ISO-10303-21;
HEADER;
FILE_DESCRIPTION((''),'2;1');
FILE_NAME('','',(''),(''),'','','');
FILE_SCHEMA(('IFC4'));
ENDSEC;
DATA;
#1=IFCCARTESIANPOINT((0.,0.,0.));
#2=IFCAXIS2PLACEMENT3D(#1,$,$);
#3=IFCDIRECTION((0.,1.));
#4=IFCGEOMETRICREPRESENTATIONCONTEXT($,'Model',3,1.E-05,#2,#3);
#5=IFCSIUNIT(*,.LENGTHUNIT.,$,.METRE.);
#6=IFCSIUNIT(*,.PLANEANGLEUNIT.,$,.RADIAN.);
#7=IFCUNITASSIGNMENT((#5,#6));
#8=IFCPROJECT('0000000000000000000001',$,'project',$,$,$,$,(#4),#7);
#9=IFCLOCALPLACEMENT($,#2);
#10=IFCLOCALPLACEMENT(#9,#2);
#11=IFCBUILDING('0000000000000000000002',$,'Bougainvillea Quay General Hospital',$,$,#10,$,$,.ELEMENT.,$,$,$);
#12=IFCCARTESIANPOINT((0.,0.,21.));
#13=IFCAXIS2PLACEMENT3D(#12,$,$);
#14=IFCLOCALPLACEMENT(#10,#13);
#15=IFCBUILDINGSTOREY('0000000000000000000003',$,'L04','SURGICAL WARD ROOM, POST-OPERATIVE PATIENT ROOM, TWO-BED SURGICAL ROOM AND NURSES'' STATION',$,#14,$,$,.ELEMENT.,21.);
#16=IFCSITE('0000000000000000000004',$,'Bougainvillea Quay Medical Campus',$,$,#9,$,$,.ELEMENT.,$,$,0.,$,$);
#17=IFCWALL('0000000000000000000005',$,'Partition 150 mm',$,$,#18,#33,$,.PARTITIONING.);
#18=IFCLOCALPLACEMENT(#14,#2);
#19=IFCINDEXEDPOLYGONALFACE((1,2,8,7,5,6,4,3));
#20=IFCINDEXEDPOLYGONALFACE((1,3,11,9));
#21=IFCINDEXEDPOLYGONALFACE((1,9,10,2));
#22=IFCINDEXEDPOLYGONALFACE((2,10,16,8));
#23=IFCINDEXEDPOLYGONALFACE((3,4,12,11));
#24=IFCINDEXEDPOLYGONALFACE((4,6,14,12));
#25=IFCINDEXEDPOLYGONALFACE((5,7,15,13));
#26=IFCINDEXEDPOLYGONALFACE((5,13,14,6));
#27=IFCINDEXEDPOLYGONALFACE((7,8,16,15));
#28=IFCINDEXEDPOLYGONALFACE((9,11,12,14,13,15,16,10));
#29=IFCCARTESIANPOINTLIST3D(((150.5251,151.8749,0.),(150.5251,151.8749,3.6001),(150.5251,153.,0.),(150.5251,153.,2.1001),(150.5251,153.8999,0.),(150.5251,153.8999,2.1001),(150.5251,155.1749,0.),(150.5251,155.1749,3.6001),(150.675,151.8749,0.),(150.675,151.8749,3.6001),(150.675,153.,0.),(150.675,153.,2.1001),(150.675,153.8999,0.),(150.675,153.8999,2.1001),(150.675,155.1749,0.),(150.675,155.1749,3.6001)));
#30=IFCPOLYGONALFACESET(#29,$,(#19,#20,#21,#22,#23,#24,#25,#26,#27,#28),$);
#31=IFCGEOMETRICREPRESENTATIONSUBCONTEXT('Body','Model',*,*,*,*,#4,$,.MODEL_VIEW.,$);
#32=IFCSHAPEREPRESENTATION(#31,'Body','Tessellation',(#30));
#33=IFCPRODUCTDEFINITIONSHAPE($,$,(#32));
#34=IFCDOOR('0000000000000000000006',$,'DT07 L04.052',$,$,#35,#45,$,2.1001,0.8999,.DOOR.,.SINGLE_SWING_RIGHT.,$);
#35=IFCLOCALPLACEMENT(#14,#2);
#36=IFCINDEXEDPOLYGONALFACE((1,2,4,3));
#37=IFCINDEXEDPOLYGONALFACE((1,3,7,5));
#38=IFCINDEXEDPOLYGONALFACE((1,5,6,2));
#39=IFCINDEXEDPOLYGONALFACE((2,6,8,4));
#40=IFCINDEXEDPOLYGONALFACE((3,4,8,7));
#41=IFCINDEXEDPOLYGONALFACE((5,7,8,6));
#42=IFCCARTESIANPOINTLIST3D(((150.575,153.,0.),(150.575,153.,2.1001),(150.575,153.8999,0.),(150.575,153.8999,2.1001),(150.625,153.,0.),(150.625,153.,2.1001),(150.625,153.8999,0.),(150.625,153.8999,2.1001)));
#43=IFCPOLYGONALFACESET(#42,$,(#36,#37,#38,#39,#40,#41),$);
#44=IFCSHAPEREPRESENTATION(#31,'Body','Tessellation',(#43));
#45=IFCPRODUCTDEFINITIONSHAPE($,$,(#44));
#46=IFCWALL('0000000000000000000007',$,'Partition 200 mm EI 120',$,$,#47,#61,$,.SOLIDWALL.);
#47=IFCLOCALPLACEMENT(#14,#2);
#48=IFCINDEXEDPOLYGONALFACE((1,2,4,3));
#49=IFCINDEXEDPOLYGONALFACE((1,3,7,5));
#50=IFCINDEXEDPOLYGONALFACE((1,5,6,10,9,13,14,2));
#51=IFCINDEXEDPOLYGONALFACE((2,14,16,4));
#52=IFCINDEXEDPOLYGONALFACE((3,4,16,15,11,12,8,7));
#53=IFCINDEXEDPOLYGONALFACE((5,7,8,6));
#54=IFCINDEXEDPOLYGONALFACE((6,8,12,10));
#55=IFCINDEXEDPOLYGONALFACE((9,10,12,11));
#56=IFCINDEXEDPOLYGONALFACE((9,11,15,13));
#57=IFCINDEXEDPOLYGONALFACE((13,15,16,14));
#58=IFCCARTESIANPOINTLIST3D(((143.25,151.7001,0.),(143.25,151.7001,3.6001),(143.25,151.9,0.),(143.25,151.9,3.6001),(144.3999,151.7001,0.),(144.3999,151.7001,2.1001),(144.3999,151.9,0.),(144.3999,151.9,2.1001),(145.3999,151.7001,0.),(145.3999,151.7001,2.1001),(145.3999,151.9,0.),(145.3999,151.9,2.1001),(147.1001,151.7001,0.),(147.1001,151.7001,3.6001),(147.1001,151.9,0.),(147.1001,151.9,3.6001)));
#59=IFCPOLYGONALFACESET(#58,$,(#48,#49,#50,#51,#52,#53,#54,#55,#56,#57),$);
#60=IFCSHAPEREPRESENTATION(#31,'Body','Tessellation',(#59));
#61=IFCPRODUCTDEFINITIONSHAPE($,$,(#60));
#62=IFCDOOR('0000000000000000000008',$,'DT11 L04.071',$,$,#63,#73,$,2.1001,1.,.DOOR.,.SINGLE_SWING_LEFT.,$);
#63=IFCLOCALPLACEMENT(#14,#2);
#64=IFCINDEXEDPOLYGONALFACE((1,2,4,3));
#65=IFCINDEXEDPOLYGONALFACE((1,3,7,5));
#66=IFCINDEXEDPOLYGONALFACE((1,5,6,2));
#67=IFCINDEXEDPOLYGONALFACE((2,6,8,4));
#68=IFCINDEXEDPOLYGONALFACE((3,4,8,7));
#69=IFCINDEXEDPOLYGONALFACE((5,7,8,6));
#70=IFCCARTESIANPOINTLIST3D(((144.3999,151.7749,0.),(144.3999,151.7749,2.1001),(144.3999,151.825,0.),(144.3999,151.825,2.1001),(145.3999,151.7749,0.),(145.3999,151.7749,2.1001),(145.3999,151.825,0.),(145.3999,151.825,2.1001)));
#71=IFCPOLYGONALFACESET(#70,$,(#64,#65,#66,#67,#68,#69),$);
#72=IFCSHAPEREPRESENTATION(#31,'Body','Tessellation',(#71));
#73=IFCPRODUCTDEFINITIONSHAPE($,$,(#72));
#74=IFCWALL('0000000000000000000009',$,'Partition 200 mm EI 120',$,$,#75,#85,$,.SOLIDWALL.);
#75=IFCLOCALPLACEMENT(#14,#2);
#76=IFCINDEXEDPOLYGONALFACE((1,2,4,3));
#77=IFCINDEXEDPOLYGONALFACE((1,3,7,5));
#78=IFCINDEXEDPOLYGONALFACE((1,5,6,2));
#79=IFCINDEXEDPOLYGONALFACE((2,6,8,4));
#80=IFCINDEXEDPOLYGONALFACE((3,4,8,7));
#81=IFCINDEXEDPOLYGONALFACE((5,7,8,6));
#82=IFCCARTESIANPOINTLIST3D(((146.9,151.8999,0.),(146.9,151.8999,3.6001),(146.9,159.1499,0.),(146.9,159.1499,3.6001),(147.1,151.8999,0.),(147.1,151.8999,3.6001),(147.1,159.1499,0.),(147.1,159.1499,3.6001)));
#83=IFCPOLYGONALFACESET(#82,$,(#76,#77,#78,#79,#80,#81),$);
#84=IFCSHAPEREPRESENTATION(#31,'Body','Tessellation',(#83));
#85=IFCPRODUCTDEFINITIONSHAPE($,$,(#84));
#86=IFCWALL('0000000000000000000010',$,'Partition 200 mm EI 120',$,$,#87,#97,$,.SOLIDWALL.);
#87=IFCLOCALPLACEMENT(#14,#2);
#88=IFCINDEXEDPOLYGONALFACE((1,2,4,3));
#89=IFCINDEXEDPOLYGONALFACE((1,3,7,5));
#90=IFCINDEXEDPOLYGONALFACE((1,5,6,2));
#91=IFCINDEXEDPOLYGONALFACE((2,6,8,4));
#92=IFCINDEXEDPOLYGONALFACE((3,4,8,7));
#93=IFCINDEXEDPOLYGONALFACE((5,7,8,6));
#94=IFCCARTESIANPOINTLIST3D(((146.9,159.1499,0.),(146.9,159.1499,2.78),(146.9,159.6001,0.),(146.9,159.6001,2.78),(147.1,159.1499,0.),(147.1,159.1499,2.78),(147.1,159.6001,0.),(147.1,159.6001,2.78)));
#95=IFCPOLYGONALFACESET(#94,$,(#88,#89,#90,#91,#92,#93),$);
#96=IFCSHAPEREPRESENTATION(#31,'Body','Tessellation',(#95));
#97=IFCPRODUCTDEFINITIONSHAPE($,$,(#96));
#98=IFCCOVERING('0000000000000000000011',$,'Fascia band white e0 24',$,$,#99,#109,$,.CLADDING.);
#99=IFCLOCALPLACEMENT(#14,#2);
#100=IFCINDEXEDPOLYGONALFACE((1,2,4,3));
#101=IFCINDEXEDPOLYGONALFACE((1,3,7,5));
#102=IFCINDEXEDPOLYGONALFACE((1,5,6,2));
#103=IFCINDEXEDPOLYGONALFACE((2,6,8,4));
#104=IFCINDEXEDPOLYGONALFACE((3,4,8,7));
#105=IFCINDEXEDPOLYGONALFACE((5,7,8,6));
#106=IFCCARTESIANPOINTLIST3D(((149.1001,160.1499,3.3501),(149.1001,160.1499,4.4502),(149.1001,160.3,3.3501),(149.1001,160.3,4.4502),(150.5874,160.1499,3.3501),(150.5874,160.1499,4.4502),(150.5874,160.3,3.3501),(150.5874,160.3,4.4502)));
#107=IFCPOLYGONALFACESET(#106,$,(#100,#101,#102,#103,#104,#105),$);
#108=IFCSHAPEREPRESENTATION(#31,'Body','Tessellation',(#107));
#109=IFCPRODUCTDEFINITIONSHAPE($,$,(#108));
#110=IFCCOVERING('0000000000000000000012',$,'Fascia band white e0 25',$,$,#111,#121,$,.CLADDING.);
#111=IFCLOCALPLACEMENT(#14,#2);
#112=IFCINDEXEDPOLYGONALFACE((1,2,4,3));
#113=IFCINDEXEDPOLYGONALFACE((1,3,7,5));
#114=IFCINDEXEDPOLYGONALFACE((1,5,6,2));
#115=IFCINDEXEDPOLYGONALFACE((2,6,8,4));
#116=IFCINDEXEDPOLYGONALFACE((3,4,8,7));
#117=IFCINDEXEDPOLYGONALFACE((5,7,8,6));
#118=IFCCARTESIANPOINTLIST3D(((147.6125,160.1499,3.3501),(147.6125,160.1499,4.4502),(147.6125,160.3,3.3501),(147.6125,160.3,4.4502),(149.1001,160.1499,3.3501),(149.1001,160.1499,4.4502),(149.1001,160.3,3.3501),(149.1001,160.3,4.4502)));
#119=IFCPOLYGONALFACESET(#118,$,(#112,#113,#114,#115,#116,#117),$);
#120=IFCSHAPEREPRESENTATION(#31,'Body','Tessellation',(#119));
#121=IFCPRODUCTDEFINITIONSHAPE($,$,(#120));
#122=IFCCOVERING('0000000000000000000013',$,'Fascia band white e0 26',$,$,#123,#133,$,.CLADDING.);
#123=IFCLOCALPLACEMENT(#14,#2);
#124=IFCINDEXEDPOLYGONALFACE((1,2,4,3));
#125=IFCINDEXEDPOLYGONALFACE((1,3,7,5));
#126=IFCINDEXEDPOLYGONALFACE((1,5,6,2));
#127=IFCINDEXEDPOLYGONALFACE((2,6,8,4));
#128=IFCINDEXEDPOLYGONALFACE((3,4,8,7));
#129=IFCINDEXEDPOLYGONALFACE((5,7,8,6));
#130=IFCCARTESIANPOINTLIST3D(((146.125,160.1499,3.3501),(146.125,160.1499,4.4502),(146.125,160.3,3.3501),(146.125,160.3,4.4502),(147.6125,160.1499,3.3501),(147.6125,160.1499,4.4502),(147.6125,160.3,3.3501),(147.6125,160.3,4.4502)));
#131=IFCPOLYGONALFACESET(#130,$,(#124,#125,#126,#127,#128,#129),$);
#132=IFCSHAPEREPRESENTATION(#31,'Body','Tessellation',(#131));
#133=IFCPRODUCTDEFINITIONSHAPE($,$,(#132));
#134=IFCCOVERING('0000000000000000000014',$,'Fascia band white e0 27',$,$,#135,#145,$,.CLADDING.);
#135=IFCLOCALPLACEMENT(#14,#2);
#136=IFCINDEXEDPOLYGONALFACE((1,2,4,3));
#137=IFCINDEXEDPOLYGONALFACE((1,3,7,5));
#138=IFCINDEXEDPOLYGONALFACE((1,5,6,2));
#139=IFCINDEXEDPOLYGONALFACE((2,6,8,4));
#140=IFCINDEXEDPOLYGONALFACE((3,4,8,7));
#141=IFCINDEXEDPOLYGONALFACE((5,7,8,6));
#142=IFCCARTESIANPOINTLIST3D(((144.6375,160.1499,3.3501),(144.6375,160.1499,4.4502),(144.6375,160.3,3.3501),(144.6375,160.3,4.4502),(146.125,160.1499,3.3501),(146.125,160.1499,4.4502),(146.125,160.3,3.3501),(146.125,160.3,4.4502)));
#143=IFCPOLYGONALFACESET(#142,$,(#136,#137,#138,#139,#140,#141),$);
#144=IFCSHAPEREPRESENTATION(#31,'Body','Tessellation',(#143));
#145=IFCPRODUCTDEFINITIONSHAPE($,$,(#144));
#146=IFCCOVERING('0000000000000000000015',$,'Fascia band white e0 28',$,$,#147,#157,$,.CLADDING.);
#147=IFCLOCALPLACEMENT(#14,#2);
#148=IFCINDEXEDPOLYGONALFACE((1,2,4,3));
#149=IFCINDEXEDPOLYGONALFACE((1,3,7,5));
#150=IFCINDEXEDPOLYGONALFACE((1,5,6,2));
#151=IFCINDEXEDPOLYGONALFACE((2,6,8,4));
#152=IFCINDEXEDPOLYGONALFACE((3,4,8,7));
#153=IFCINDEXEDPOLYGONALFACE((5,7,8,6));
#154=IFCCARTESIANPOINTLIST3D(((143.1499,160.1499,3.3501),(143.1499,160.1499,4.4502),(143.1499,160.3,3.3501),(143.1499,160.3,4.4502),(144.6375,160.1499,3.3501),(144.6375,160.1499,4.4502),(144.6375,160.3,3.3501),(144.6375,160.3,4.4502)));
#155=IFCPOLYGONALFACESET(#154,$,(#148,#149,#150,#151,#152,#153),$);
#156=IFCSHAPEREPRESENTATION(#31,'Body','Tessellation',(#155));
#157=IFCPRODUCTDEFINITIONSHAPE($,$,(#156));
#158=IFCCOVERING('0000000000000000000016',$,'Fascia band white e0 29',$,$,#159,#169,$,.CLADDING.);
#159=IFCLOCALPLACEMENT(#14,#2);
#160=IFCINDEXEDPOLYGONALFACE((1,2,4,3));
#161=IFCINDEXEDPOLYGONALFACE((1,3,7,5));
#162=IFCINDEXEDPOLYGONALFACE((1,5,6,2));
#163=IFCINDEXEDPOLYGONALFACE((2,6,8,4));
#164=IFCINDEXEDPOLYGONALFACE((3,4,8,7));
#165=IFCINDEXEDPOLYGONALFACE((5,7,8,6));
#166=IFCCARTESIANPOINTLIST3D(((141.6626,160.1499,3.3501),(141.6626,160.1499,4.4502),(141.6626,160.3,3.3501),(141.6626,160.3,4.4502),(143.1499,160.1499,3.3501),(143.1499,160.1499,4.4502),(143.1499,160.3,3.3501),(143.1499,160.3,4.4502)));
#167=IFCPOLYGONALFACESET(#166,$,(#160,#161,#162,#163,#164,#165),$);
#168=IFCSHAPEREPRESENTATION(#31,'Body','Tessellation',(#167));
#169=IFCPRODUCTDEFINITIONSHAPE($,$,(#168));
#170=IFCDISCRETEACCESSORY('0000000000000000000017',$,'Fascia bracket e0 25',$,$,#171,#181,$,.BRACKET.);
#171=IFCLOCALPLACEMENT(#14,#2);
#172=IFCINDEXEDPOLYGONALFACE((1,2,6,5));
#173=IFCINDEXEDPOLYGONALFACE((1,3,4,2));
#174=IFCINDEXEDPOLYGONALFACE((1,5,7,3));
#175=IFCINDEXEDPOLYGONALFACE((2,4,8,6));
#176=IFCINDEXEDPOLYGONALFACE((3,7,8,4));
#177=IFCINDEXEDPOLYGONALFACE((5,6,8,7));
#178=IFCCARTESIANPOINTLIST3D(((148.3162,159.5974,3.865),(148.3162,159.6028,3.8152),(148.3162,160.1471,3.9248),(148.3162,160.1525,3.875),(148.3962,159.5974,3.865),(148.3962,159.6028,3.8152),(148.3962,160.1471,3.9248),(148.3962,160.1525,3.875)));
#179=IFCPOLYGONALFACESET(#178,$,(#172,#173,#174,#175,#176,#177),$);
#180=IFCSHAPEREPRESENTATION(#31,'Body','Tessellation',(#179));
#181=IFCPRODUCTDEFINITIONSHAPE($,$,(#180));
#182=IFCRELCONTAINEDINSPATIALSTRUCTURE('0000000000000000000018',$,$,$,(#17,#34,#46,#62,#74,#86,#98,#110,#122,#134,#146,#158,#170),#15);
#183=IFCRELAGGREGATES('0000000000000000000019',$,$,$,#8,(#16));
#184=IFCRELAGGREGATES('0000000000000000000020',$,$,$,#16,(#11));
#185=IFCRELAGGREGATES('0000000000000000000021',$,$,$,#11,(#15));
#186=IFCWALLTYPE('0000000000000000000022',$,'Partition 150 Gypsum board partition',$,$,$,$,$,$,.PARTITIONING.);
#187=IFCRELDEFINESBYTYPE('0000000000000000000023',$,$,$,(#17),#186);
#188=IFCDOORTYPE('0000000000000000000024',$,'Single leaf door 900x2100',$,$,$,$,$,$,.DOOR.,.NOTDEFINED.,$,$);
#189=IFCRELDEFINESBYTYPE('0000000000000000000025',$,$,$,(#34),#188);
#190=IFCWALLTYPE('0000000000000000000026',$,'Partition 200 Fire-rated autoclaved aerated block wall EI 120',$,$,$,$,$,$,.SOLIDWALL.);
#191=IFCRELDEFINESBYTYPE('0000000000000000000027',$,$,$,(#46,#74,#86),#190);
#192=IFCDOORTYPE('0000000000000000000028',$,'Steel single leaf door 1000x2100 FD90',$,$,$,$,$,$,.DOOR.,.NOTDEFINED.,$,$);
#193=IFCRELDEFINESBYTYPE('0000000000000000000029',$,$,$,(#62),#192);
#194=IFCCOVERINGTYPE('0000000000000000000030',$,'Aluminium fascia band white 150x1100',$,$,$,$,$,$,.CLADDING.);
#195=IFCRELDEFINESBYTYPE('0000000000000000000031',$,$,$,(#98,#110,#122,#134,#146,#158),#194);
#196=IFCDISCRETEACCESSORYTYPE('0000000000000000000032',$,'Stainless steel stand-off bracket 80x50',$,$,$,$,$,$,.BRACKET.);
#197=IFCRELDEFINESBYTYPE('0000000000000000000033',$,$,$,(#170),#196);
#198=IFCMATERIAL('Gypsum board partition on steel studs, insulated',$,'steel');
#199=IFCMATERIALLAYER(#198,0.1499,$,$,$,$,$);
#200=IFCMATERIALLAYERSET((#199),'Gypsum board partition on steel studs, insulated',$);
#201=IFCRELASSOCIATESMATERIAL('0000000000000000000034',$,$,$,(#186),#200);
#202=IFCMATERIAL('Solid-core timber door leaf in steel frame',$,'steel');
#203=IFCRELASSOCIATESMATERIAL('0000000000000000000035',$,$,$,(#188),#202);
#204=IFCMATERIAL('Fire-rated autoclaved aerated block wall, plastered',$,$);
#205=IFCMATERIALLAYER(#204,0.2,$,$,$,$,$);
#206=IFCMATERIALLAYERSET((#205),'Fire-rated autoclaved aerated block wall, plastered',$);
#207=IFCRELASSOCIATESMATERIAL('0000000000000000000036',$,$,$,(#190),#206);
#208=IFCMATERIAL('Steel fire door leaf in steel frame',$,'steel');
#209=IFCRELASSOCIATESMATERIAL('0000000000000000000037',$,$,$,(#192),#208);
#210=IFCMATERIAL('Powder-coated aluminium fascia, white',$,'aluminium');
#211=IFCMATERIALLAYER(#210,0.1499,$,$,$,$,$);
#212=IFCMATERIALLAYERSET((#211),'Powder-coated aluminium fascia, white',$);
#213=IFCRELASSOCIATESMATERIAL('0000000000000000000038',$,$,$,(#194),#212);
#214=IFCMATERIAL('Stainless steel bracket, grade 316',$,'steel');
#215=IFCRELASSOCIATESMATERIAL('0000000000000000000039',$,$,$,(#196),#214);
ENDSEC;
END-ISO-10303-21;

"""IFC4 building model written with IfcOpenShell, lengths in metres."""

from ifc_helpers import new_model, si_unit, direction, frame, frame_2d, origin, origin_2d, place, context, subcontext, project, spatial, polyline, rectangle, outline, extrude, material, layer, layer_set, material_profile, profile_set, type_object, element, fill, save


model = new_model("IFC4")

# Units and contexts
model_context = context("Model", 3, precision=1e-05, world=origin(), true_north=direction((0.0, 1.0)))
body_context = subcontext(model_context, "Body", "Model", "MODEL_VIEW")
ifc_project = project(units=[si_unit("LENGTHUNIT", "METRE"), si_unit("PLANEANGLEUNIT", "RADIAN")], contexts=[model_context])

# Site, building, storey
site_placement = place(None, origin())
site = spatial("IfcSite", under=ifc_project, at=site_placement, Name="Bougainvillea Quay Medical Campus", CompositionType="ELEMENT", RefElevation=0.0)
building_placement = place(site_placement, origin())
building = spatial("IfcBuilding", under=site, at=building_placement, Name="Bougainvillea Quay General Hospital", CompositionType="ELEMENT")
storey_placement = place(building_placement, frame((0.0, 0.0, 21.0)))
storey = spatial("IfcBuildingStorey", under=building, at=storey_placement, Name="L04", Description="SURGICAL WARD ROOM, POST-OPERATIVE PATIENT ROOM, TWO-BED SURGICAL ROOM AND NURSES' STATION", CompositionType="ELEMENT", Elevation=21.0)

# Walls, openings, doors
ifc_material_1 = material(Name="Gypsum board partition on steel studs, insulated", Category="steel")
ifc_layer_1 = layer(ifc_material_1, 0.1499)
ifc_layer_set_1 = layer_set([ifc_layer_1], Name="Gypsum board partition on steel studs, insulated")
wall_type_1 = type_object("IfcWallType", Name="Partition 150 Gypsum board partition", PredefinedType="PARTITIONING", material=ifc_layer_set_1)
wall_1_placement = place(storey_placement, frame((150.6001, 151.875, 0.0), z_axis=(0.0, 0.0, 1.0), x_axis=(0.0, 1.0, 0.0)))
wall_1 = element("IfcWall", 1, at=wall_1_placement, inside=storey, type_object=wall_type_1, Name="Partition 150 mm", PredefinedType="PARTITIONING", context=body_context, shape_type="SweptSolid", body=[
    extrude(rectangle(XDim=3.3, YDim=0.1499, at=frame_2d((1.6499, 0.0))), origin(), (0.0, 0.0, 1.0), 3.6001),
])
opening_1_placement = place(wall_1_placement, frame((1.125, 0.0, 0.0)))
opening_1 = element("IfcOpeningElement", 2, at=opening_1_placement, cuts=wall_1, PredefinedType="OPENING", context=body_context, shape_type="SweptSolid", body=[
    extrude(rectangle(XDim=0.8999, YDim=2.1001, at=frame_2d((0.45, 1.05))), frame((0.0, 0.085, 0.0), z_axis=(0.0, -1.0, 0.0), x_axis=(1.0, 0.0, 0.0)), (0.0, 0.0, 1.0), 0.1699),
])
ifc_material_2 = material(Name="Solid-core timber door leaf in steel frame", Category="steel")
door_type_1 = type_object("IfcDoorType", Name="Single leaf door 900x2100", OperationType="NOTDEFINED", PredefinedType="DOOR", material=ifc_material_2)
door_1_placement = place(opening_1_placement, frame((0.8999, 0.0, 0.0), z_axis=(0.0, 0.0, 1.0), x_axis=(-1.0, 0.0, 0.0)))
door_1 = element("IfcDoor", 3, at=door_1_placement, inside=storey, type_object=door_type_1, Name="DT07 L04.052", OperationType="SINGLE_SWING_RIGHT", OverallHeight=2.1001, OverallWidth=0.8999, PredefinedType="DOOR", context=body_context, shape_type="SweptSolid", body=[
    extrude(rectangle(XDim=0.8999, YDim=2.1001, at=frame_2d((0.45, 1.05))), frame((0.0, 0.0249, 0.0), z_axis=(0.0, -1.0, 0.0), x_axis=(1.0, 0.0, 0.0)), (0.0, 0.0, 1.0), 0.05),
])
fill(opening_1, door_1)
ifc_material_3 = material(Name="Fire-rated autoclaved aerated block wall, plastered")
ifc_layer_2 = layer(ifc_material_3, 0.2)
ifc_layer_set_2 = layer_set([ifc_layer_2], Name="Fire-rated autoclaved aerated block wall, plastered")
wall_type_2 = type_object("IfcWallType", Name="Partition 200 Fire-rated autoclaved aerated block wall EI 120", PredefinedType="SOLIDWALL", material=ifc_layer_set_2)
wall_2_placement = place(storey_placement, frame((143.25, 151.8, 0.0), z_axis=(0.0, 0.0, 1.0), x_axis=(1.0, 0.0, 0.0)))
wall_2 = element("IfcWall", 4, at=wall_2_placement, inside=storey, type_object=wall_type_2, Name="Partition 200 mm EI 120", PredefinedType="SOLIDWALL", context=body_context, shape_type="SweptSolid", body=[
    extrude(rectangle(XDim=3.8501, YDim=0.2, at=frame_2d((1.925, 0.0))), origin(), (0.0, 0.0, 1.0), 3.6001),
])
opening_2_placement = place(wall_2_placement, frame((1.1499, 0.0, 0.0)))
opening_2 = element("IfcOpeningElement", 5, at=opening_2_placement, cuts=wall_2, PredefinedType="OPENING", context=body_context, shape_type="SweptSolid", body=[
    extrude(rectangle(XDim=1.0, YDim=2.1001, at=frame_2d((0.5, 1.05))), frame((0.0, 0.1099, 0.0), z_axis=(0.0, -1.0, 0.0), x_axis=(1.0, 0.0, 0.0)), (0.0, 0.0, 1.0), 0.22),
])
ifc_material_4 = material(Name="Steel fire door leaf in steel frame", Category="steel")
door_type_2 = type_object("IfcDoorType", Name="Steel single leaf door 1000x2100 FD90", OperationType="NOTDEFINED", PredefinedType="DOOR", material=ifc_material_4)
door_2_placement = place(opening_2_placement, origin())
door_2 = element("IfcDoor", 6, at=door_2_placement, inside=storey, type_object=door_type_2, Name="DT11 L04.071", OperationType="SINGLE_SWING_LEFT", OverallHeight=2.1001, OverallWidth=1.0, PredefinedType="DOOR", context=body_context, shape_type="SweptSolid", body=[
    extrude(rectangle(XDim=1.0, YDim=2.1001, at=frame_2d((0.5, 1.05))), frame((0.0, 0.0249, 0.0), z_axis=(0.0, -1.0, 0.0), x_axis=(1.0, 0.0, 0.0)), (0.0, 0.0, 1.0), 0.05),
])
fill(opening_2, door_2)

# Walls
wall_3_placement = place(storey_placement, frame((147.0, 151.8999, 0.0), z_axis=(0.0, 0.0, 1.0), x_axis=(0.0, 1.0, 0.0)))
element("IfcWall", 7, at=wall_3_placement, inside=storey, type_object=wall_type_2, Name="Partition 200 mm EI 120", PredefinedType="SOLIDWALL", context=body_context, shape_type="SweptSolid", body=[
    extrude(rectangle(XDim=7.25, YDim=0.2, at=frame_2d((3.625, 0.0))), origin(), (0.0, 0.0, 1.0), 3.6001),
])
wall_4_placement = place(storey_placement, frame((147.0, 159.1499, 0.0), z_axis=(0.0, 0.0, 1.0), x_axis=(0.0, 1.0, 0.0)))
element("IfcWall", 8, at=wall_4_placement, inside=storey, type_object=wall_type_2, Name="Partition 200 mm EI 120", PredefinedType="SOLIDWALL", context=body_context, shape_type="SweptSolid", body=[
    extrude(rectangle(XDim=0.4502, YDim=0.2, at=frame_2d((0.2251, 0.0))), origin(), (0.0, 0.0, 1.0), 2.78),
])

# Coverings
ifc_material_5 = material(Name="Powder-coated aluminium fascia, white", Category="aluminium")
ifc_layer_3 = layer(ifc_material_5, 0.1499)
ifc_layer_set_3 = layer_set([ifc_layer_3], Name="Powder-coated aluminium fascia, white")
covering_type = type_object("IfcCoveringType", Name="Aluminium fascia band white 150x1100", PredefinedType="CLADDING", material=ifc_layer_set_3)
covering_1_placement = place(storey_placement, frame((150.5874, 160.1499, 3.3501), z_axis=(0.0, 0.0, 1.0), x_axis=(-1.0, 0.0, 0.0)))
element("IfcCovering", 9, at=covering_1_placement, inside=storey, type_object=covering_type, Name="Fascia band white e0 24", PredefinedType="CLADDING", context=body_context, shape_type="SweptSolid", body=[
    extrude(outline(polyline([(0.0, 0.0), (1.4873, 0.0), (1.4873, -0.1501), (0.0, -0.1501), (0.0, 0.0)])), origin(), (0.0, 0.0, 1.0), 1.1001),
])
for number, where, z_axis, x_axis, name in (
    (10, (149.1001, 160.1499, 3.3501), (0.0, 0.0, 1.0), (-1.0, 0.0, 0.0), "Fascia band white e0 25"),
    (11, (147.6125, 160.1499, 3.3501), (0.0, 0.0, 1.0), (-1.0, 0.0, 0.0), "Fascia band white e0 26"),
    (12, (146.125, 160.1499, 3.3501), (0.0, 0.0, 1.0), (-1.0, 0.0, 0.0), "Fascia band white e0 27"),
    (13, (144.6375, 160.1499, 3.3501), (0.0, 0.0, 1.0), (-1.0, 0.0, 0.0), "Fascia band white e0 28"),
):
    element("IfcCovering", number, at=place(storey_placement, frame(where, z_axis=z_axis, x_axis=x_axis)), inside=storey, type_object=covering_type, Name=name, PredefinedType="CLADDING", context=body_context, shape_type="SweptSolid", body=[
        extrude(outline(polyline([(0.0, 0.0), (1.4875, 0.0), (1.4875, -0.1501), (0.0, -0.1501), (0.0, 0.0)])), origin(), (0.0, 0.0, 1.0), 1.1001),
    ])
covering_2_placement = place(storey_placement, frame((143.1499, 160.1499, 3.3501), z_axis=(0.0, 0.0, 1.0), x_axis=(-1.0, 0.0, 0.0)))
element("IfcCovering", 14, at=covering_2_placement, inside=storey, type_object=covering_type, Name="Fascia band white e0 29", PredefinedType="CLADDING", context=body_context, shape_type="SweptSolid", body=[
    extrude(outline(polyline([(0.0, 0.0), (1.4873, 0.0), (1.4873, -0.1501), (0.0, -0.1501), (0.0, 0.0)])), origin(), (0.0, 0.0, 1.0), 1.1001),
])

# Discrete accessory
ifc_material_6 = material(Name="Stainless steel bracket, grade 316", Category="steel")
ifc_material_profile_1 = material_profile(ifc_material_6, rectangle(XDim=0.0801, YDim=0.05, at=origin_2d()))
ifc_profile_set_1 = profile_set([ifc_material_profile_1], Name="Stainless steel bracket, grade 316")
discrete_accessory_type = type_object("IfcDiscreteAccessoryType", Name="Stainless steel stand-off bracket 80x50", PredefinedType="BRACKET", material=ifc_profile_set_1)
for number, where, z_axis, x_axis, name in (
    (15, (148.3562, 159.6001, 3.8401), (0.0, 0.994134, 0.108154), (-1.0, 0.0, 0.0), "Fascia bracket e0 25"),
):
    element("IfcDiscreteAccessory", number, at=place(storey_placement, frame(where, z_axis=z_axis, x_axis=x_axis)), inside=storey, type_object=discrete_accessory_type, Name=name, PredefinedType="BRACKET", context=body_context, shape_type="SweptSolid", body=[
        extrude(rectangle(XDim=0.0801, YDim=0.05, at=origin_2d()), origin(), (0.0, 0.0, 1.0), 0.553),
    ])

save(model, "model.ifc")
